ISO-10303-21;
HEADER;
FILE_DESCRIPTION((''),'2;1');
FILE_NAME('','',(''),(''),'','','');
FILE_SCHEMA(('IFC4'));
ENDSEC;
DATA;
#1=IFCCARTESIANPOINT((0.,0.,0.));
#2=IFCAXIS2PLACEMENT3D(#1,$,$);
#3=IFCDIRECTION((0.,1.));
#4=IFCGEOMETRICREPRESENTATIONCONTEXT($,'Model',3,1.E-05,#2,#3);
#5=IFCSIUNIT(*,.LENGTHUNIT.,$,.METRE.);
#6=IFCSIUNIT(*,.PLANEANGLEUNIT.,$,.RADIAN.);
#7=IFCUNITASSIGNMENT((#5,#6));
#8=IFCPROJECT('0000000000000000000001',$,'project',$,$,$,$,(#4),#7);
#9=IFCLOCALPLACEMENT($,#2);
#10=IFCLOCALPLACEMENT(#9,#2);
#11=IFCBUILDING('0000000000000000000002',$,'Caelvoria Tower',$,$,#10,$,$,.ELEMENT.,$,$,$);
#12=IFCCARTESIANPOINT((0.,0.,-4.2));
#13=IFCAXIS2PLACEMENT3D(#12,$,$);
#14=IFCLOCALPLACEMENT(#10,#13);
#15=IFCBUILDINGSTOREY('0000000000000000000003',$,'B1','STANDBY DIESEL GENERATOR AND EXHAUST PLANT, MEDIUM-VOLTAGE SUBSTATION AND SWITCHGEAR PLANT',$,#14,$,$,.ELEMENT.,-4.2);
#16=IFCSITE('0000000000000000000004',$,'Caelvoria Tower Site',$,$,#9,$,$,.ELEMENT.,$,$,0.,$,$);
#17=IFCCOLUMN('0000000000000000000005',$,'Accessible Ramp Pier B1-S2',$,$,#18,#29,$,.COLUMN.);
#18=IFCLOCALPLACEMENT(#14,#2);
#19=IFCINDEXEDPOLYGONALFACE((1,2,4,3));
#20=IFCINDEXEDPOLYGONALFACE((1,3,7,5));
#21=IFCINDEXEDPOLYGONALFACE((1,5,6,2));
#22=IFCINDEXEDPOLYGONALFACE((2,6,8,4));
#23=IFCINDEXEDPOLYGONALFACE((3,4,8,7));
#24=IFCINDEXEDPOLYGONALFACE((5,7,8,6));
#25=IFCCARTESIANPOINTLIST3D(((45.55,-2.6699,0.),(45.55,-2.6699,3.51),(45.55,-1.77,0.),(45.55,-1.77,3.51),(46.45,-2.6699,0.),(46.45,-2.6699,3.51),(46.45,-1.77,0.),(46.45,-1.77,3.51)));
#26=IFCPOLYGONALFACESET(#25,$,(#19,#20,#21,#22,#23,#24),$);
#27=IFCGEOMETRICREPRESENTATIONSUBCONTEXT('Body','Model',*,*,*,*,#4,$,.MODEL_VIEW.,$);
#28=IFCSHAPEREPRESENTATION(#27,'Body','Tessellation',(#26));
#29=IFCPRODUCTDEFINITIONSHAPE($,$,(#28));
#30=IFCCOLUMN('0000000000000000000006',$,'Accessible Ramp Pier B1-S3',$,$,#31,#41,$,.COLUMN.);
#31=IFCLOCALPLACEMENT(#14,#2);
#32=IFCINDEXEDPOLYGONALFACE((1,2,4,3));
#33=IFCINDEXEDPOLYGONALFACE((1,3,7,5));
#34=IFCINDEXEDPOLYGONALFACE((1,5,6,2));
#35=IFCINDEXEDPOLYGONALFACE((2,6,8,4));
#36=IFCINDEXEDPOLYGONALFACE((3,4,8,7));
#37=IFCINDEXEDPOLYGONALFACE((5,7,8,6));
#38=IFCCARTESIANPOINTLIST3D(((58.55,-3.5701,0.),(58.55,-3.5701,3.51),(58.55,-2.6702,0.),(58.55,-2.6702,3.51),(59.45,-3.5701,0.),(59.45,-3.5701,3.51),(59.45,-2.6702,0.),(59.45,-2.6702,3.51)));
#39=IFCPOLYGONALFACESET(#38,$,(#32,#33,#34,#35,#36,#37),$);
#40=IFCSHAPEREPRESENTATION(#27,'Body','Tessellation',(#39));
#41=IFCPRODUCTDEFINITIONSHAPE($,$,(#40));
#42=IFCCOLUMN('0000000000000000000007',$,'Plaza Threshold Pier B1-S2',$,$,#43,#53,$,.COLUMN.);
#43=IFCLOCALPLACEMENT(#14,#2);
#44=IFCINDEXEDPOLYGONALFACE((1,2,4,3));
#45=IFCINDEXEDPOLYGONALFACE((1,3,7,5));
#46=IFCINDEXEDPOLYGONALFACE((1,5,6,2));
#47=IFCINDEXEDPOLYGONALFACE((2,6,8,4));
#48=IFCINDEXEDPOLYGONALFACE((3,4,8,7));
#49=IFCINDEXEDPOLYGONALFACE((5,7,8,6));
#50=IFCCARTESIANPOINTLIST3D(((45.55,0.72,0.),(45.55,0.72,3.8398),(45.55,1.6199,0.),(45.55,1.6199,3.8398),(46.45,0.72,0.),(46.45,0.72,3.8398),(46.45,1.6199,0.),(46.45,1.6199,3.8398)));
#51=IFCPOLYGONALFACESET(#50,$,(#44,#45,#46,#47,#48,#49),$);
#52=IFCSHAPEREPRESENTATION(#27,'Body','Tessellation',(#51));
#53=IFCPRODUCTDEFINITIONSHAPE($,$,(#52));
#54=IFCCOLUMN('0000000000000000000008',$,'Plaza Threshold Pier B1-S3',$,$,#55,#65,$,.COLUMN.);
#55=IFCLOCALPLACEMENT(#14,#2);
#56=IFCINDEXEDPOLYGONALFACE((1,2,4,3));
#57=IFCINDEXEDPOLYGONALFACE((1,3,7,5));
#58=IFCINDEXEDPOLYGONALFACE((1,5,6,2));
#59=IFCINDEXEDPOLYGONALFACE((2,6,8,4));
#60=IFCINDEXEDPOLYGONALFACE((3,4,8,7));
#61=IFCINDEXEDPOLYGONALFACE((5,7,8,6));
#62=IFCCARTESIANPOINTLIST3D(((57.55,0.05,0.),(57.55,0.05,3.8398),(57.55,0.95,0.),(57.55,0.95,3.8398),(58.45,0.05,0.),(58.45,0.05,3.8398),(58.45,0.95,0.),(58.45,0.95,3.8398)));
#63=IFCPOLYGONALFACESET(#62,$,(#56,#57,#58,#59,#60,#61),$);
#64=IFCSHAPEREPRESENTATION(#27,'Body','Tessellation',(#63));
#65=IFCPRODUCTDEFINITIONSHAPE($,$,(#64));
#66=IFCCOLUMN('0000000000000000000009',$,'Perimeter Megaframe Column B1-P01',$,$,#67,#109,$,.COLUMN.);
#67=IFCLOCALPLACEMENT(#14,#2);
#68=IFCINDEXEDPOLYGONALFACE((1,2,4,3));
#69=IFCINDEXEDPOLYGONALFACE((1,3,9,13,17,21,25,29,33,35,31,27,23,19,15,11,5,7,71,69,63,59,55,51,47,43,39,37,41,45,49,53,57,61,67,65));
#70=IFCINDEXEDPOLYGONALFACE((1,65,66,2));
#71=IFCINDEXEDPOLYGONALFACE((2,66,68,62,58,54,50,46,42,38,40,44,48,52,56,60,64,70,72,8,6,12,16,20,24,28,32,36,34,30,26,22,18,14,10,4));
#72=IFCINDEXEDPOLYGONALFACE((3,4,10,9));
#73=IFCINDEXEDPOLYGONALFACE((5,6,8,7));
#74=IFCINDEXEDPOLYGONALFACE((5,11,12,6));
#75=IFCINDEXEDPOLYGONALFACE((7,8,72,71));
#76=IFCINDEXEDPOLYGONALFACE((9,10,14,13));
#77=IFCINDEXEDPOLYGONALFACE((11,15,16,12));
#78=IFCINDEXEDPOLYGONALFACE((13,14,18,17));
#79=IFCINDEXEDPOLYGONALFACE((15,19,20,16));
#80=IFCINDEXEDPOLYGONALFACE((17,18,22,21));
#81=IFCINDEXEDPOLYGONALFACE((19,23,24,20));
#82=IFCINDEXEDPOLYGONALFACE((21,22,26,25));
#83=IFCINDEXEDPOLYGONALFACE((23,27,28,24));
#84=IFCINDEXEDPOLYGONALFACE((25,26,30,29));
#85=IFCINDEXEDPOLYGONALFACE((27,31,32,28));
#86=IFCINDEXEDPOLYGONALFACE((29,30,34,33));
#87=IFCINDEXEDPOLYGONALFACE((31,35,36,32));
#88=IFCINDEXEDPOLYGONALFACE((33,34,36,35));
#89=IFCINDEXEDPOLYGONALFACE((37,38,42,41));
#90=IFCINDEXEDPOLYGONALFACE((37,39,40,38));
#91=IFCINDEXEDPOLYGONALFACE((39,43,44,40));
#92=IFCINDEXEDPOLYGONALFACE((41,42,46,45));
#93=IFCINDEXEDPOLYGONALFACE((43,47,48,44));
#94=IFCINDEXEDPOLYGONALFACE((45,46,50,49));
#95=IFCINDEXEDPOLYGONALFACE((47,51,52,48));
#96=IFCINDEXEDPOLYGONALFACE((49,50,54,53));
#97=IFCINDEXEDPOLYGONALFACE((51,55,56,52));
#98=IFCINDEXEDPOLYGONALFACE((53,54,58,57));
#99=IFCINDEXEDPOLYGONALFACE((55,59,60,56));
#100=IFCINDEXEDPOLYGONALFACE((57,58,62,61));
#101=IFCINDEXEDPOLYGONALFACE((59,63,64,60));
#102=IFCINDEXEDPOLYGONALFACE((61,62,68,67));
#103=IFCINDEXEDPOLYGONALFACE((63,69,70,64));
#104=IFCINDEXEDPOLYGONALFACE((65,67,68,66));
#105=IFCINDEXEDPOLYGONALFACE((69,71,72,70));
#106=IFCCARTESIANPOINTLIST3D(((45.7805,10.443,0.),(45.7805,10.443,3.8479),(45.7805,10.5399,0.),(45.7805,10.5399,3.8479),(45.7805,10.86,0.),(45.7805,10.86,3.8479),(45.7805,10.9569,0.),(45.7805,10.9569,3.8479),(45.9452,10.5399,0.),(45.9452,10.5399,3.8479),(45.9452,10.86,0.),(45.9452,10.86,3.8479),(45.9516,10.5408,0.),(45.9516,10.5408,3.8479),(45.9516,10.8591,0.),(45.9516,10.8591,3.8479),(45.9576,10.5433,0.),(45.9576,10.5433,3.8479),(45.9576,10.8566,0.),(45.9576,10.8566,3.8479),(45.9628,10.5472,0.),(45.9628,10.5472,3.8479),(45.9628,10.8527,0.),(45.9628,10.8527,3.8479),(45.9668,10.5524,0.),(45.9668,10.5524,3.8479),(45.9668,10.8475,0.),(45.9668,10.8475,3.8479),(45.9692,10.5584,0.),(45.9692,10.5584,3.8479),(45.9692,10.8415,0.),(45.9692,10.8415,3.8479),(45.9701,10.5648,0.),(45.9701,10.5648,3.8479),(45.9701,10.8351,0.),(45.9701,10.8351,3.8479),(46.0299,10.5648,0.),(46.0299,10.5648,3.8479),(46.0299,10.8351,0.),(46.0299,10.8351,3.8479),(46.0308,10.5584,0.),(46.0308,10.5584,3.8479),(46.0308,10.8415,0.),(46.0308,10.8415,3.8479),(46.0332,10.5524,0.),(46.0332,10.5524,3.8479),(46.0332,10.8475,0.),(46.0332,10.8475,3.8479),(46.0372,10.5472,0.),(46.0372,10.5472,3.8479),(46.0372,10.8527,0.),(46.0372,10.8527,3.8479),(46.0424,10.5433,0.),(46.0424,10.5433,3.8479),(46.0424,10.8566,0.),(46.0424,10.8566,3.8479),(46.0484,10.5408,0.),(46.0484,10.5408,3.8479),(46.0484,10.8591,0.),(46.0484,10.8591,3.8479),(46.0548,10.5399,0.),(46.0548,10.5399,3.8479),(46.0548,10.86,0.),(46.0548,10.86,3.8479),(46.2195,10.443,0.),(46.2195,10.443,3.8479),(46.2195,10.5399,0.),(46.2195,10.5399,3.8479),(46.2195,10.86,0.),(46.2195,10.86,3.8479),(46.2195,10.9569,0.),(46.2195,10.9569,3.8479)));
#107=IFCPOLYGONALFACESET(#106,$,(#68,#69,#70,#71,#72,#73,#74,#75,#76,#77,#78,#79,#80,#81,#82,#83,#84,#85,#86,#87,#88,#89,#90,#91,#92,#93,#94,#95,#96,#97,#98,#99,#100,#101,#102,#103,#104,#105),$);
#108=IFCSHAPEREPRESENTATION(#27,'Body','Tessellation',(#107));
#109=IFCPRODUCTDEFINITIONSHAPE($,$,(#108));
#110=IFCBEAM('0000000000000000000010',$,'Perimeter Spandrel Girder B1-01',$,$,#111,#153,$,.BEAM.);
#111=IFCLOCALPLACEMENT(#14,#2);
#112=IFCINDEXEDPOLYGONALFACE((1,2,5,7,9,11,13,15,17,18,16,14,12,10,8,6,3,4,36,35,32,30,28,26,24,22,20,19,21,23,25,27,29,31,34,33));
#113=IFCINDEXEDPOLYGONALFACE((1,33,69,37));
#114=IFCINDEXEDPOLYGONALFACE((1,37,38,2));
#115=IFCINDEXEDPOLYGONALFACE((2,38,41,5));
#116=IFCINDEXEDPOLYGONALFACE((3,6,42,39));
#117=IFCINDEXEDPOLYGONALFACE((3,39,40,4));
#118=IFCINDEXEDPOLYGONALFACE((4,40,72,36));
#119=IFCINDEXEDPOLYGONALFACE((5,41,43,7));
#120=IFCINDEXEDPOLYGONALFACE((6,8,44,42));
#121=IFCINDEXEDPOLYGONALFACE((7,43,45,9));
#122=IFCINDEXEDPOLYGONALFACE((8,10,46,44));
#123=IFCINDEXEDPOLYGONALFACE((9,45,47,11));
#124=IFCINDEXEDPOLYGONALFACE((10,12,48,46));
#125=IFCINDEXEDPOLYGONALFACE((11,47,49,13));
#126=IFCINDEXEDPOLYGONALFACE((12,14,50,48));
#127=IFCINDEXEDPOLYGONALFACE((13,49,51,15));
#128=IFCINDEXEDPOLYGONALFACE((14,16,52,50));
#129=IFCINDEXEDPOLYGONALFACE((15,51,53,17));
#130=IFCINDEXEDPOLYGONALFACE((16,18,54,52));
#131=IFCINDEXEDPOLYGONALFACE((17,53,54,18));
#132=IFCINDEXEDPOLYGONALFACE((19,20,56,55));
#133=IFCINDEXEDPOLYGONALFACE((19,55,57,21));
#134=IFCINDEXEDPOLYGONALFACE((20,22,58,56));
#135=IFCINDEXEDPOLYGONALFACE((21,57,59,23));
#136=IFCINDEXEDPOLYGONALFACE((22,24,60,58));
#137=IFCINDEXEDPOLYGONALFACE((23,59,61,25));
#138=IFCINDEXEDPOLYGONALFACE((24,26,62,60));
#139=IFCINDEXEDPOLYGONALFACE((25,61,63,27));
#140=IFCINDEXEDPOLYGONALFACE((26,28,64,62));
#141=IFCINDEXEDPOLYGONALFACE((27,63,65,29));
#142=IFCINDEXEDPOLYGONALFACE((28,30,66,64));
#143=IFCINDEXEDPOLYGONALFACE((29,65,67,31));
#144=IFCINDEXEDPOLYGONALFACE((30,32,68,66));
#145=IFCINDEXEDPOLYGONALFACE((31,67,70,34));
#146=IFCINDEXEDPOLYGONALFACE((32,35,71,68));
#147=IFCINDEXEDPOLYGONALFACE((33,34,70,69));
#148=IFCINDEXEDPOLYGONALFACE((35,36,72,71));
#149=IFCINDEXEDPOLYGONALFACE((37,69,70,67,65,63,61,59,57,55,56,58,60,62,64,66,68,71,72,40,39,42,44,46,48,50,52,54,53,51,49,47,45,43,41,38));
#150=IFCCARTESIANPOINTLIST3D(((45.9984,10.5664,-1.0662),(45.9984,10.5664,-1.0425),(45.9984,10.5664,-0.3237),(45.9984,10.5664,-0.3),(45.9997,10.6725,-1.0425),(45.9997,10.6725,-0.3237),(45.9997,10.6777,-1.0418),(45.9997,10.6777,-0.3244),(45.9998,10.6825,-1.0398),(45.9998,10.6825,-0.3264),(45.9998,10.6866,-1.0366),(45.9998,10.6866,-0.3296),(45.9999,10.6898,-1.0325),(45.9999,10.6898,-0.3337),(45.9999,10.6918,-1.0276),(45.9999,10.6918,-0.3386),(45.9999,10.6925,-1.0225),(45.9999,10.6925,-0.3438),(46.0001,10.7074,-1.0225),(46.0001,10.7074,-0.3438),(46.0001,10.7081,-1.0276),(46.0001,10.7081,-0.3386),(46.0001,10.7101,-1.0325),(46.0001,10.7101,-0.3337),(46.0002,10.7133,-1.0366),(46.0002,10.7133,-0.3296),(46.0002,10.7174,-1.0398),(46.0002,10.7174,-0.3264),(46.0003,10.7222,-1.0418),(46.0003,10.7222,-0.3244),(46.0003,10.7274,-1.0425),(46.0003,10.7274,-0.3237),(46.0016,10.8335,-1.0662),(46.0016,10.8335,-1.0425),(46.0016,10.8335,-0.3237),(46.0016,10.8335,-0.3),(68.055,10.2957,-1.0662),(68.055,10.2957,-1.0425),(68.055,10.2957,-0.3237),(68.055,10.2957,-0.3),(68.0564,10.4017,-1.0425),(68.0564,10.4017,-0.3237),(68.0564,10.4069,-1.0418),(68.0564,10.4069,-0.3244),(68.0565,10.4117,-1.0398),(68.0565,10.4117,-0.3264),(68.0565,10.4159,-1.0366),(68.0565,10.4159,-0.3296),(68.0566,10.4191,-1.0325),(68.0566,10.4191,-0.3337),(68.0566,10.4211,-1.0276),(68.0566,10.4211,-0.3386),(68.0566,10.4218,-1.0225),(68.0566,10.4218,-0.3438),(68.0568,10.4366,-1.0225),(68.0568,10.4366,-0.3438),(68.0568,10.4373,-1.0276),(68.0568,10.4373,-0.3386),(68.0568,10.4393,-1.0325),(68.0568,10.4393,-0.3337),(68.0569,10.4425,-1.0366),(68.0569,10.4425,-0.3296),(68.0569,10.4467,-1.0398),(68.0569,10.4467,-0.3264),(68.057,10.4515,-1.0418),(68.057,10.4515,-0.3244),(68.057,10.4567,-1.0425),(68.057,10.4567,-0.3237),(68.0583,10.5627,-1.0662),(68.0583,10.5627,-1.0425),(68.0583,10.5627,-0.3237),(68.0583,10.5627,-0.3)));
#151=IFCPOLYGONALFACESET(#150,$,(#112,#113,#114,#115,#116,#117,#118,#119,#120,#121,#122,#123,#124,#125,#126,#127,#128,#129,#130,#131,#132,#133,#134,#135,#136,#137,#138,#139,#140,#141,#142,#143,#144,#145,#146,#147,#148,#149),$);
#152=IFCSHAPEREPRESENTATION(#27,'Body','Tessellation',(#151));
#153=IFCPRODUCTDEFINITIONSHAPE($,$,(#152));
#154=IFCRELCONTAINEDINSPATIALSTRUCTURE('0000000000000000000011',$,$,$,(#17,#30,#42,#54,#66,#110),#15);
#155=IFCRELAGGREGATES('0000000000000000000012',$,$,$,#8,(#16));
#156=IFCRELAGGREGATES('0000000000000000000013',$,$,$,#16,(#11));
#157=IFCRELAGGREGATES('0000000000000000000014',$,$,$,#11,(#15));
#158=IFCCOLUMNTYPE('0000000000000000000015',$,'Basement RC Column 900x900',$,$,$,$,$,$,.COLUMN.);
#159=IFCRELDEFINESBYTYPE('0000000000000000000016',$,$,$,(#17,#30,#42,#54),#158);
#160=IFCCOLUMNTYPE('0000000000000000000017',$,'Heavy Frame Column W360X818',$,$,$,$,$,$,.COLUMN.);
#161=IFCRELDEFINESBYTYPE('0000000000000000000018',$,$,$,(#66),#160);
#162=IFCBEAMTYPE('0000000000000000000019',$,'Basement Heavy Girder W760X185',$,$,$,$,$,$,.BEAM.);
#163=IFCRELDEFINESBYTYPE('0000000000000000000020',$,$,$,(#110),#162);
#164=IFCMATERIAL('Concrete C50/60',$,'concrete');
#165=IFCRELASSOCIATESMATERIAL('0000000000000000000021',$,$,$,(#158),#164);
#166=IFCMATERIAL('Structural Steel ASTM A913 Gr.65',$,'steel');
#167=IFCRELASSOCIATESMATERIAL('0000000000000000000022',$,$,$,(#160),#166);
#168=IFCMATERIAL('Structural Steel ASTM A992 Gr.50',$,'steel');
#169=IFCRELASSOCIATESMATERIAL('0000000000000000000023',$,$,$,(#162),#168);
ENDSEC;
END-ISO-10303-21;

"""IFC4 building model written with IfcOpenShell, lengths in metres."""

from ifc_helpers import new_model, si_unit, direction, frame, origin, origin_2d, place, context, subcontext, project, spatial, rectangle, i_section, extrude, material, material_profile, profile_set, type_object, element, save


model = new_model("IFC4")

# Units and contexts
model_context = context("Model", 3, precision=1e-05, world=origin(), true_north=direction((0.0, 1.0)))
body_context = subcontext(model_context, "Body", "Model", "MODEL_VIEW")
ifc_project = project(units=[si_unit("LENGTHUNIT", "METRE"), si_unit("PLANEANGLEUNIT", "RADIAN")], contexts=[model_context])

# Site, building, storey
site_placement = place(None, origin())
site = spatial("IfcSite", under=ifc_project, at=site_placement, Name="Caelvoria Tower Site", CompositionType="ELEMENT", RefElevation=0.0)
building_placement = place(site_placement, origin())
building = spatial("IfcBuilding", under=site, at=building_placement, Name="Caelvoria Tower", CompositionType="ELEMENT")
storey_placement = place(building_placement, frame((0.0, 0.0, -4.2)))
storey = spatial("IfcBuildingStorey", under=building, at=storey_placement, Name="B1", Description="STANDBY DIESEL GENERATOR AND EXHAUST PLANT, MEDIUM-VOLTAGE SUBSTATION AND SWITCHGEAR PLANT", CompositionType="ELEMENT", Elevation=-4.2)

# Columns
ifc_material_1 = material(Name="Concrete C50/60", Category="concrete")
ifc_material_profile_1 = material_profile(ifc_material_1, rectangle(XDim=0.8999, YDim=0.8999, at=origin_2d()), Name="Concrete C50/60")
ifc_profile_set_1 = profile_set([ifc_material_profile_1], Name="RC_COL_900X900 - Concrete C50/60")
column_type_1 = type_object("IfcColumnType", Name="Basement RC Column 900x900", PredefinedType="COLUMN", material=ifc_profile_set_1)
for number, where, z_axis, x_axis, name in (
    (1, (46.0, -2.22, 0.0), (0.0, 0.0, 1.0), (1.0, 0.0, 0.0), "Accessible Ramp Pier B1-S2"),
    (2, (59.0, -3.1201, 0.0), (0.0, 0.0, 1.0), (1.0, 0.0, 0.0), "Accessible Ramp Pier B1-S3"),
):
    element("IfcColumn", number, at=place(storey_placement, frame(where, z_axis=z_axis, x_axis=x_axis)), inside=storey, type_object=column_type_1, Name=name, PredefinedType="COLUMN", context=body_context, shape_type="SweptSolid", body=[
        extrude(rectangle(XDim=0.8999, YDim=0.8999, at=origin_2d()), origin(), (0.0, 0.0, 1.0), 3.51),
    ])
for number, where, z_axis, x_axis, name in (
    (3, (46.0, 1.1699, 0.0), (0.0, 0.0, 1.0), (1.0, 0.0, 0.0), "Plaza Threshold Pier B1-S2"),
    (4, (58.0, 0.5, 0.0), (0.0, 0.0, 1.0), (1.0, 0.0, 0.0), "Plaza Threshold Pier B1-S3"),
):
    element("IfcColumn", number, at=place(storey_placement, frame(where, z_axis=z_axis, x_axis=x_axis)), inside=storey, type_object=column_type_1, Name=name, PredefinedType="COLUMN", context=body_context, shape_type="SweptSolid", body=[
        extrude(rectangle(XDim=0.8999, YDim=0.8999, at=origin_2d()), origin(), (0.0, 0.0, 1.0), 3.8398),
    ])
ifc_material_2 = material(Name="Structural Steel ASTM A913 Gr.65", Category="steel")
ifc_material_profile_2 = material_profile(ifc_material_2, i_section(OverallWidth=0.439, OverallDepth=0.5139, WebThickness=0.0598, FlangeThickness=0.0969, FilletRadius=0.0249, at=origin_2d()), Name="Structural Steel ASTM A913 Gr.65")
ifc_profile_set_2 = profile_set([ifc_material_profile_2], Name="W360X818 - Structural Steel ASTM A913 Gr.65")
column_type_2 = type_object("IfcColumnType", Name="Heavy Frame Column W360X818", PredefinedType="COLUMN", material=ifc_profile_set_2)
column_placement = place(storey_placement, frame((46.0, 10.7, 0.0), z_axis=(0.0, 0.0, 1.0), x_axis=(1.0, 0.0, 0.0)))
element("IfcColumn", 5, at=column_placement, inside=storey, type_object=column_type_2, Name="Perimeter Megaframe Column B1-P01", PredefinedType="COLUMN", context=body_context, shape_type="SweptSolid", body=[
    extrude(i_section(OverallWidth=0.439, OverallDepth=0.5139, WebThickness=0.0598, FlangeThickness=0.0969, FilletRadius=0.0249, at=origin_2d()), origin(), (0.0, 0.0, 1.0), 3.8479),
])

# Beam
ifc_material_3 = material(Name="Structural Steel ASTM A992 Gr.50", Category="steel")
ifc_material_profile_3 = material_profile(ifc_material_3, i_section(OverallWidth=0.2671, OverallDepth=0.7661, WebThickness=0.0149, FlangeThickness=0.0237, FilletRadius=0.02, at=origin_2d()), Name="Structural Steel ASTM A992 Gr.50")
ifc_profile_set_3 = profile_set([ifc_material_profile_3], Name="W760X185 - Structural Steel ASTM A992 Gr.50")
beam_type_1 = type_object("IfcBeamType", Name="Basement Heavy Girder W760X185", PredefinedType="BEAM", material=ifc_profile_set_3)
beam_1_placement = place(storey_placement, frame((46.0, 10.7, -0.6831), z_axis=(0.999925, -0.012274, 0.0), x_axis=(0.012274, 0.999925, 0.0)))
element("IfcBeam", 6, at=beam_1_placement, inside=storey, type_object=beam_type_1, Name="Perimeter Spandrel Girder B1-01", PredefinedType="BEAM", context=body_context, shape_type="SweptSolid", body=[
    extrude(i_section(OverallWidth=0.2671, OverallDepth=0.7661, WebThickness=0.0149, FlangeThickness=0.0237, FilletRadius=0.02, at=origin_2d()), origin(), (0.0, 0.0, 1.0), 22.0583),
])

save(model, "model.ifc")
